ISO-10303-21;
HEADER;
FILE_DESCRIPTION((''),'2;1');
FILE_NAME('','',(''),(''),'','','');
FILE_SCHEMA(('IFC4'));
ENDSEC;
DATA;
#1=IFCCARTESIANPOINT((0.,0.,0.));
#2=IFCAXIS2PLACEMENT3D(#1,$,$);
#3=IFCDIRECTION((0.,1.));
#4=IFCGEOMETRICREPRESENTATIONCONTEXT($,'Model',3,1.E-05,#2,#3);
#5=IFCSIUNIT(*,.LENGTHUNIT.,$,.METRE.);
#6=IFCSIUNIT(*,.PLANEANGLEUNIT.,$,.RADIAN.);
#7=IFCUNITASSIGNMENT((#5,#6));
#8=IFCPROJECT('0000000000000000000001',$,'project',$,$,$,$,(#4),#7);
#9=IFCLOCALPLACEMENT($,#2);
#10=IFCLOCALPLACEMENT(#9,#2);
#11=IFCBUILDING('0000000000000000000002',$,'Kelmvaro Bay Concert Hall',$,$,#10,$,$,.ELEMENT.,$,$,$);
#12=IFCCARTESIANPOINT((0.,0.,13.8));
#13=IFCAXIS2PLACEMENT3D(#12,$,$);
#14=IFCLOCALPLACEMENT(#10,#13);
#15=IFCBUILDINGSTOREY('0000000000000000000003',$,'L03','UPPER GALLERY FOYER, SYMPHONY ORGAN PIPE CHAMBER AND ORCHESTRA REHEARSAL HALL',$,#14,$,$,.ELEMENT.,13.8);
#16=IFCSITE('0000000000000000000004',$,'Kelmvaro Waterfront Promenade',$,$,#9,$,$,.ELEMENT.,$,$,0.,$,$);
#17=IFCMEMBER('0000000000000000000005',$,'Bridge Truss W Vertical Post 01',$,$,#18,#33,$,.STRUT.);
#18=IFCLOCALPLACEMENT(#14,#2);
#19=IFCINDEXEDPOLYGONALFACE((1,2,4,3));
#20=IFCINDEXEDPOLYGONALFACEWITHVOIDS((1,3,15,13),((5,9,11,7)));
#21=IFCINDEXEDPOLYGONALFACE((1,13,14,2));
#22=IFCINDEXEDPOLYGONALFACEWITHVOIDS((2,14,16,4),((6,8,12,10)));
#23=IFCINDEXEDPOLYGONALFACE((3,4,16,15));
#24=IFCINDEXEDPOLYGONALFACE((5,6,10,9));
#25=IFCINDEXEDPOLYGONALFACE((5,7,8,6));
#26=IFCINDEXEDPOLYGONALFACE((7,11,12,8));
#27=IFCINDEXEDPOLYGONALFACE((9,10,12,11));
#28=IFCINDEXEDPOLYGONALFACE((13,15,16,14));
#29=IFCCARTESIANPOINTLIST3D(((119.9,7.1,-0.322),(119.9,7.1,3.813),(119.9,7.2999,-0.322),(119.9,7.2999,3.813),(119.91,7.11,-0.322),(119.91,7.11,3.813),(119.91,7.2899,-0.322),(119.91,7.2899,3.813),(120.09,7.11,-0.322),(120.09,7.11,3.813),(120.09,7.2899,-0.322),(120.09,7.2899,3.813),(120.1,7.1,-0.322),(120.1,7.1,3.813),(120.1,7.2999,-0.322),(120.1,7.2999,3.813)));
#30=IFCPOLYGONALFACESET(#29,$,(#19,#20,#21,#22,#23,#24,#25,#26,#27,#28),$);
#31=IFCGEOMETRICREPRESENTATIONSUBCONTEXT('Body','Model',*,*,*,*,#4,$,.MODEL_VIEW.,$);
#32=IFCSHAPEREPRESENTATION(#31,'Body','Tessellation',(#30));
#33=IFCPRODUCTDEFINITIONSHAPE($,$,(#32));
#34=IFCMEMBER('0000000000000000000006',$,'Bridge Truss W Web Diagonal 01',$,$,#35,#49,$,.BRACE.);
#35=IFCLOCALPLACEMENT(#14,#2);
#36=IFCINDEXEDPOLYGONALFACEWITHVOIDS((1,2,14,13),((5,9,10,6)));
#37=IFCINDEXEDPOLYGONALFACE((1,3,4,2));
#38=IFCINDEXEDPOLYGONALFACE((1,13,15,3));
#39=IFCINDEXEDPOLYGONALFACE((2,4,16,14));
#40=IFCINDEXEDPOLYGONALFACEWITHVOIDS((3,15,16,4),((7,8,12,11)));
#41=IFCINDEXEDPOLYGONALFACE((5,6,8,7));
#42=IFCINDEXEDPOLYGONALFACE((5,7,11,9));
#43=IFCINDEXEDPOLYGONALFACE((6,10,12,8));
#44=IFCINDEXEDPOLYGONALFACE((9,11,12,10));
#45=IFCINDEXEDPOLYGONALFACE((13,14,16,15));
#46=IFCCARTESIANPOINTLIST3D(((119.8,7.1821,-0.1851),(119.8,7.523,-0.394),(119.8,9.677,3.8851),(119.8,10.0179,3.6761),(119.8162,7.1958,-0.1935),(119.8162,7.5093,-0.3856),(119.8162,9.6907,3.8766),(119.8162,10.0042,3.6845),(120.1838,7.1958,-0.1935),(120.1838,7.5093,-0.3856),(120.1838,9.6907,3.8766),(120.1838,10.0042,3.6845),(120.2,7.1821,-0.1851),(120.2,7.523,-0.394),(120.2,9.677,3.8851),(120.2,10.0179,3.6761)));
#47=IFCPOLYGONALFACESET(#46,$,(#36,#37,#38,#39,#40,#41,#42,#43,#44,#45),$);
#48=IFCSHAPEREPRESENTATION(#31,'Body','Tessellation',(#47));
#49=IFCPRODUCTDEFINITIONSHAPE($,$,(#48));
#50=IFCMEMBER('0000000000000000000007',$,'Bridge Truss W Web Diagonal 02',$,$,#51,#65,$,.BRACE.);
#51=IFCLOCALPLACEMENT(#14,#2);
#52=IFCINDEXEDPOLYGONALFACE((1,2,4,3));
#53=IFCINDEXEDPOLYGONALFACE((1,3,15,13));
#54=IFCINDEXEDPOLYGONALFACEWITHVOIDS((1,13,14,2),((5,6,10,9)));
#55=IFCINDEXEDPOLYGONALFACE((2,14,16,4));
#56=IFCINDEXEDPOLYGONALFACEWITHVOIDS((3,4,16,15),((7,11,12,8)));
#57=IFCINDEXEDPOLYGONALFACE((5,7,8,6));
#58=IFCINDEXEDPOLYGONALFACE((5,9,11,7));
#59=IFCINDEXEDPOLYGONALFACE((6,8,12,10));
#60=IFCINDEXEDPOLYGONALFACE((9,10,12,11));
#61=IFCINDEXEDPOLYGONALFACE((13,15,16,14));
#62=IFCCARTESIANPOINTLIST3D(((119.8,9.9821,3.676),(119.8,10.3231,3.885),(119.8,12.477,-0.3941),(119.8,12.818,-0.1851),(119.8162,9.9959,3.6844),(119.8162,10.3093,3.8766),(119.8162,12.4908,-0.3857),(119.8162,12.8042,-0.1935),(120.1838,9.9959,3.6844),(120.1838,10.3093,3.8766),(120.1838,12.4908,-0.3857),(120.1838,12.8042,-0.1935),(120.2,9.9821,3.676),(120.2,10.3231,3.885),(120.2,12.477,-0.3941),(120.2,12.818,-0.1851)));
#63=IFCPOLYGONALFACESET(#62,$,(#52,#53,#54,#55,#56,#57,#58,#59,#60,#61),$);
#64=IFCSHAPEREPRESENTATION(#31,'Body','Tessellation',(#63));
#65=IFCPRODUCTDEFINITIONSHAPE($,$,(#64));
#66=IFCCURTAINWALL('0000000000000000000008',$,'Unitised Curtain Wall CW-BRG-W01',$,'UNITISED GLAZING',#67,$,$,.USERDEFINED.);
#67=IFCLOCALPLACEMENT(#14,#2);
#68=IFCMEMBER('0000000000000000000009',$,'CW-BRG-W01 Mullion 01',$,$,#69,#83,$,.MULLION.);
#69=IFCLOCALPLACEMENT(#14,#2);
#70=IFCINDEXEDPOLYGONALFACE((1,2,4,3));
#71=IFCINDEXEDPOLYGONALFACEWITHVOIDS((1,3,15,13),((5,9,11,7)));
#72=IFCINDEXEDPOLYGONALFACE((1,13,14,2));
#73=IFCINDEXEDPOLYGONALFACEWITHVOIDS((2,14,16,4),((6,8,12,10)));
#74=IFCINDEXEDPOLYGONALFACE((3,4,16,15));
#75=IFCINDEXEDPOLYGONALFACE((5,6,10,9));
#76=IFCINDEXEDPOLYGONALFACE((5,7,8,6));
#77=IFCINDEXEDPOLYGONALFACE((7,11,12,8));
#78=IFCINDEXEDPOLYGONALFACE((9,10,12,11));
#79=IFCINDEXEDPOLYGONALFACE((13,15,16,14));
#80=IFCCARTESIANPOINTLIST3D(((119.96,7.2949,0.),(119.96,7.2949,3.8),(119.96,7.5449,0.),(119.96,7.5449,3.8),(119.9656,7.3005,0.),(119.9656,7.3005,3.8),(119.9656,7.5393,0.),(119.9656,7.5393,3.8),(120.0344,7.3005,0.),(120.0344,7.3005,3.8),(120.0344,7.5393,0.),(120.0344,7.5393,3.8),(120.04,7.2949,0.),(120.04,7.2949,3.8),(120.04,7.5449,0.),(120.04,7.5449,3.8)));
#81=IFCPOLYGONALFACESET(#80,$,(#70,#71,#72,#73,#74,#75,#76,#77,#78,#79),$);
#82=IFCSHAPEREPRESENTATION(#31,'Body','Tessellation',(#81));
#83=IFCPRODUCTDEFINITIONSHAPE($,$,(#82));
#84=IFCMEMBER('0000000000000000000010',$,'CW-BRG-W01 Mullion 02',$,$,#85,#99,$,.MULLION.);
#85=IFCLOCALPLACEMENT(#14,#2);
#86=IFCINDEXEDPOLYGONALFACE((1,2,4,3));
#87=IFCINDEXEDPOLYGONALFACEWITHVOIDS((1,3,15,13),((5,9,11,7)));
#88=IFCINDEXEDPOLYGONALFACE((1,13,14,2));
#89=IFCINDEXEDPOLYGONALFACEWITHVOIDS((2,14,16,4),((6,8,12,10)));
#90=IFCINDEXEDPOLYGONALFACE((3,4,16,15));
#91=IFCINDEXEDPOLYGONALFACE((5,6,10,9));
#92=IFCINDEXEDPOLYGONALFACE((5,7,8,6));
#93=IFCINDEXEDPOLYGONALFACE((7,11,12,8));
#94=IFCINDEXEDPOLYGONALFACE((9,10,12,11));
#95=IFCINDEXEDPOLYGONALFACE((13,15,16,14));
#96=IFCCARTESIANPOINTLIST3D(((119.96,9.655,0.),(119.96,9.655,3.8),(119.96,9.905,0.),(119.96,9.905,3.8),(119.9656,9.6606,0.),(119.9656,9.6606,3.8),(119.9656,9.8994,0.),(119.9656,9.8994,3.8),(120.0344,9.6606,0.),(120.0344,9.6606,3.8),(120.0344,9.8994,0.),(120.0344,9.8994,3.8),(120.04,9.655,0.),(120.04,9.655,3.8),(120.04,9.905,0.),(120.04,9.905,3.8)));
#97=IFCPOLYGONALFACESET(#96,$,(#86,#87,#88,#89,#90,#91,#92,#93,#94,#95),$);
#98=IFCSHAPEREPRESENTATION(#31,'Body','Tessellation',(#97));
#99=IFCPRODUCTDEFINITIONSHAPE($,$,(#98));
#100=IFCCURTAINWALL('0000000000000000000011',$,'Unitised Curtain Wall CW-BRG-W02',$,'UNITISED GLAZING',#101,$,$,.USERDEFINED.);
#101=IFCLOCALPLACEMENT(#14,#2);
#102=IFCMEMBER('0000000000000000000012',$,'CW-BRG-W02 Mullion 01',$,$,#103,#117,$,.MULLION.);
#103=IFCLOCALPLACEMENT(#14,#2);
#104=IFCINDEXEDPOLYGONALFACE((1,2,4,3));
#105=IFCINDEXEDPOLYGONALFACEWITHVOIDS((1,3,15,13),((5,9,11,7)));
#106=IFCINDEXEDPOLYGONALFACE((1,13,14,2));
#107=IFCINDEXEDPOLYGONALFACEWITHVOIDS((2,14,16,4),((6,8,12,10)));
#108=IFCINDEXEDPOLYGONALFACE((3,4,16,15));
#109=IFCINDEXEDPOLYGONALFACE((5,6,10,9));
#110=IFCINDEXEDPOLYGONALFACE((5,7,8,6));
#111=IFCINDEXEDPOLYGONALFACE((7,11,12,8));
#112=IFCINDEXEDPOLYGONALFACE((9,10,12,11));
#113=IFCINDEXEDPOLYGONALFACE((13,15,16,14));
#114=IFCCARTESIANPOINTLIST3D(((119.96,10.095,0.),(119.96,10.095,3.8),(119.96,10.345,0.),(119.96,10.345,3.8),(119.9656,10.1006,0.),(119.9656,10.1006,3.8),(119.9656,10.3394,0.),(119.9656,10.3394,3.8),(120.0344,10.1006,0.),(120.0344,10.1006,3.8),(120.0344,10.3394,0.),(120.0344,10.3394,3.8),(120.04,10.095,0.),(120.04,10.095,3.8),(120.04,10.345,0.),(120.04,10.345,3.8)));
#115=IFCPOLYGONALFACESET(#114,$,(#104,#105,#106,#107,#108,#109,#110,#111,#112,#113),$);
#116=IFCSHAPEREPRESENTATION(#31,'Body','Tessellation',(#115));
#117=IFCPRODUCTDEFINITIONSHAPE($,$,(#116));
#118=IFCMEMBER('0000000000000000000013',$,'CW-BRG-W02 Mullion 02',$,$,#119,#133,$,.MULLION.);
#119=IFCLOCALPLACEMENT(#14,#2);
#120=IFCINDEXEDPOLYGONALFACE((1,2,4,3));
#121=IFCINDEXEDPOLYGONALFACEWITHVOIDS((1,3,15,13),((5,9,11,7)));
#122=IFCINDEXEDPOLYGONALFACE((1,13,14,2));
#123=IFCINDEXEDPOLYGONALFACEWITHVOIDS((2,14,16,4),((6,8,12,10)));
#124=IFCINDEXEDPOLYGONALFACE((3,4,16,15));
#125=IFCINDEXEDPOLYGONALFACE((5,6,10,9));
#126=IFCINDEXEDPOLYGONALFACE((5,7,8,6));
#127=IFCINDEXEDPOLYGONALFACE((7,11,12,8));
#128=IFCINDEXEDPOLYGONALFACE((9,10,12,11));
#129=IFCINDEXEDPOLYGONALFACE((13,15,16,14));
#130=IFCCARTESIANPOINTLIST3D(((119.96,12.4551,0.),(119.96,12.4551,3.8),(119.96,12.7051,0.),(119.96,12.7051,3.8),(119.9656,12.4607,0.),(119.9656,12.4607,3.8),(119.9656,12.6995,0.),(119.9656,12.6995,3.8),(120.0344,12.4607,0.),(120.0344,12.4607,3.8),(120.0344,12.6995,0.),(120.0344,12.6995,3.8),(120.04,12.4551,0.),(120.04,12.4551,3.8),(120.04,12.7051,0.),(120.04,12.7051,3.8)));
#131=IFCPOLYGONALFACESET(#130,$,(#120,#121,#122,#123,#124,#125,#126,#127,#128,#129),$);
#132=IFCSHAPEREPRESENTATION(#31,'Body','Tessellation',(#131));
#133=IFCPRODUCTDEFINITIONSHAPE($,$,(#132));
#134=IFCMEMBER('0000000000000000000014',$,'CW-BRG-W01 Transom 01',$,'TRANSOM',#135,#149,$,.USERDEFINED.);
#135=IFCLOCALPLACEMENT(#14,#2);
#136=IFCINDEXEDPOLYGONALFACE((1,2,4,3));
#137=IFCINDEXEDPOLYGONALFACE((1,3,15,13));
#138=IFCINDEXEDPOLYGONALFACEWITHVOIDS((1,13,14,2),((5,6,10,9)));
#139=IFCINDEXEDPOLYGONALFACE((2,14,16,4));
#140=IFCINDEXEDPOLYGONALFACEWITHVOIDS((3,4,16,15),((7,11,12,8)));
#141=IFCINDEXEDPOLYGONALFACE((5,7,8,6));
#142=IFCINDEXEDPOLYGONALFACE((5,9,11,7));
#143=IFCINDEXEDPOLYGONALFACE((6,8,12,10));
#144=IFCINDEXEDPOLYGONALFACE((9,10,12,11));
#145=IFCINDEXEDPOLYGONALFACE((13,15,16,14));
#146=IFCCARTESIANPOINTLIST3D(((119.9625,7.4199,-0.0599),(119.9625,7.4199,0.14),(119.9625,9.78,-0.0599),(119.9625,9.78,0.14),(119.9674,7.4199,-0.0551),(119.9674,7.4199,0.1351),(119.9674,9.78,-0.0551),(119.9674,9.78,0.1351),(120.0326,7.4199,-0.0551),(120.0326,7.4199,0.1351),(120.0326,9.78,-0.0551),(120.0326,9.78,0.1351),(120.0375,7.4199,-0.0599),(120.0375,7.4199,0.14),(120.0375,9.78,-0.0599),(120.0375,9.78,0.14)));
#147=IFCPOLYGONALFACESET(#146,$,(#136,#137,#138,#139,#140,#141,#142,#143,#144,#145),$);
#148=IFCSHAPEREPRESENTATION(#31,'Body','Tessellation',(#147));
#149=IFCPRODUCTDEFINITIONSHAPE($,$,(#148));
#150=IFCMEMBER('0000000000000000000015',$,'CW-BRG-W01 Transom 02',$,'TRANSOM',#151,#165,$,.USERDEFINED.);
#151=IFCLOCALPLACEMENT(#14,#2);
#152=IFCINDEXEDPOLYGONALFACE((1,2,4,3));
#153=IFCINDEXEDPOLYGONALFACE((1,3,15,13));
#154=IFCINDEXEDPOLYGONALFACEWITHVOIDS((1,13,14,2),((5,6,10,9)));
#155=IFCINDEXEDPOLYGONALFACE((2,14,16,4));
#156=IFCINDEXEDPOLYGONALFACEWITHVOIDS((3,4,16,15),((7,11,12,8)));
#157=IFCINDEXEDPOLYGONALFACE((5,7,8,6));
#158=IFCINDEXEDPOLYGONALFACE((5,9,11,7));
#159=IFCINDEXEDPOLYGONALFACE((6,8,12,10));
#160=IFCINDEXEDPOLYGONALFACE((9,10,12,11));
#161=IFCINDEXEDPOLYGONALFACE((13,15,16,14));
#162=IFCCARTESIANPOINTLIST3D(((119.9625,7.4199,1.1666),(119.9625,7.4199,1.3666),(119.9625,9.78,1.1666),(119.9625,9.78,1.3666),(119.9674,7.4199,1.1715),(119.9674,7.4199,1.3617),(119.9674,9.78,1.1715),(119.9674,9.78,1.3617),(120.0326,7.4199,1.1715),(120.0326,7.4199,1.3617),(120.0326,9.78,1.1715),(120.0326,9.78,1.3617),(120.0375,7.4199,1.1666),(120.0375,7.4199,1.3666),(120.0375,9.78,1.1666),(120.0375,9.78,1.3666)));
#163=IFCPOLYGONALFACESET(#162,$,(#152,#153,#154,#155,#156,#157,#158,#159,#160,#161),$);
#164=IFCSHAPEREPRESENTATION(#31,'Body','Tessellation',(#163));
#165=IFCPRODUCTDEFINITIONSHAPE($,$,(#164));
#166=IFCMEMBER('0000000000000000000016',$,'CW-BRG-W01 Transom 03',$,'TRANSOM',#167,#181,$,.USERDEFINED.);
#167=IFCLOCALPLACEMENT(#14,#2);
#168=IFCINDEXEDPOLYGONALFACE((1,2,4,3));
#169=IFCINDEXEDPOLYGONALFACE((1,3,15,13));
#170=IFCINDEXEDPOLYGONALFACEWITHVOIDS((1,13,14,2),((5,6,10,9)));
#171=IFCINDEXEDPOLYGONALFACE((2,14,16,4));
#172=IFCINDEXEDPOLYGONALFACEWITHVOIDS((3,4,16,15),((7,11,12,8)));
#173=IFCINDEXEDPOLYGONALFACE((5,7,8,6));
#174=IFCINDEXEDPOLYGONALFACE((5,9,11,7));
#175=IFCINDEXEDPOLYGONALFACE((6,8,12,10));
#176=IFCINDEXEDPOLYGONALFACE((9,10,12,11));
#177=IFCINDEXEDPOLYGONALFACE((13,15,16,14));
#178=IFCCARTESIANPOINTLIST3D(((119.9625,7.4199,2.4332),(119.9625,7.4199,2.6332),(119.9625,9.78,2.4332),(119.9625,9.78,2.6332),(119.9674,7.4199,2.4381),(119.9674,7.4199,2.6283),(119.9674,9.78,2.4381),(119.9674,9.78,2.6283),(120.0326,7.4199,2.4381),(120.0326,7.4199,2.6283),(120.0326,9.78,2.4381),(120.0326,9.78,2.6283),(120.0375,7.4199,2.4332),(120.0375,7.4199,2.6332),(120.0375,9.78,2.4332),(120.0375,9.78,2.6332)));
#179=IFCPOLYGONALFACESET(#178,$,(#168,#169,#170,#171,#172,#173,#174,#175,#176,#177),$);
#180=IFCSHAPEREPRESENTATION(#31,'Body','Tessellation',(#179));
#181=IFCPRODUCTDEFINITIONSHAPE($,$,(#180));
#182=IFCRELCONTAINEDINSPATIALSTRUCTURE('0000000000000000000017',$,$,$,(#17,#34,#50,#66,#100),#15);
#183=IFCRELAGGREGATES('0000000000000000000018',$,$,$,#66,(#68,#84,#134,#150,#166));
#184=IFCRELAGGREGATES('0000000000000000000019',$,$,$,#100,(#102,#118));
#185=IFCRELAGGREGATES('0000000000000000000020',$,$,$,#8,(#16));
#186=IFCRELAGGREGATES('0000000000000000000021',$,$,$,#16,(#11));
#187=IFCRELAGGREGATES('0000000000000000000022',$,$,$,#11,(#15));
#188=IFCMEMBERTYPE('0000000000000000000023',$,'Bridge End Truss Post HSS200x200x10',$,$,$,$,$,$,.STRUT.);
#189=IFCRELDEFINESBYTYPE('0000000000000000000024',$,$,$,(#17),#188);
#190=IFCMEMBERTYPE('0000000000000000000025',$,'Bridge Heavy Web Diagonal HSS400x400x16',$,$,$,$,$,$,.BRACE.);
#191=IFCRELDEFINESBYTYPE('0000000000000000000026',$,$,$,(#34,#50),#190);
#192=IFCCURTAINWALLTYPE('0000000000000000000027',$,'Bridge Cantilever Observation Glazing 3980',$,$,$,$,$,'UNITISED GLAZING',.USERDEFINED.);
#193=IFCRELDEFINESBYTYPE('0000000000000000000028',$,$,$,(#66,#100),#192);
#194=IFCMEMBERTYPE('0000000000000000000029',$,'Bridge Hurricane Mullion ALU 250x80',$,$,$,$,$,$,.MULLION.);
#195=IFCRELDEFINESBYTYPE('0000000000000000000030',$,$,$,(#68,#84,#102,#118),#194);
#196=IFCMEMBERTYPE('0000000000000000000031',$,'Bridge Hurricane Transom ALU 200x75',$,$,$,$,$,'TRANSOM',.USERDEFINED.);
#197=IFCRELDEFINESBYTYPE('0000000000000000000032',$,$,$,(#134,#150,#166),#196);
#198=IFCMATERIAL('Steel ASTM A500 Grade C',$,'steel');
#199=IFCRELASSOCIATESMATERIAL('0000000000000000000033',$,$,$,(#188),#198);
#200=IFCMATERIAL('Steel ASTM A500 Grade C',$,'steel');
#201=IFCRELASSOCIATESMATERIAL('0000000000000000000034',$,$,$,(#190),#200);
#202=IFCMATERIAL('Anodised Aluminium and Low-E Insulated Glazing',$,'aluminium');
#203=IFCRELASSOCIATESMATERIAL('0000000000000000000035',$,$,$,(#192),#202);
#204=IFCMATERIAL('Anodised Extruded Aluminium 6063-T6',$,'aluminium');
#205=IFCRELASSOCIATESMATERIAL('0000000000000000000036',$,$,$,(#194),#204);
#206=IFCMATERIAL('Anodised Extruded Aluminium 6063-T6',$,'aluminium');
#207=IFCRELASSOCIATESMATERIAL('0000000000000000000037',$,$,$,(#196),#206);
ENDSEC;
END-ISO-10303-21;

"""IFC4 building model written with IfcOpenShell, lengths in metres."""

from ifc_helpers import new_model, si_unit, direction, frame, origin, origin_2d, place, context, subcontext, project, spatial, hollow_rectangle, extrude, material, material_profile, profile_set, type_object, element, aggregate, save


model = new_model("IFC4")

# Units and contexts
model_context = context("Model", 3, precision=1e-05, world=origin(), true_north=direction((0.0, 1.0)))
body_context = subcontext(model_context, "Body", "Model", "MODEL_VIEW")
ifc_project = project(units=[si_unit("LENGTHUNIT", "METRE"), si_unit("PLANEANGLEUNIT", "RADIAN")], contexts=[model_context])

# Site, building, storey
site_placement = place(None, origin())
site = spatial("IfcSite", under=ifc_project, at=site_placement, Name="Kelmvaro Waterfront Promenade", CompositionType="ELEMENT", RefElevation=0.0)
building_placement = place(site_placement, origin())
building = spatial("IfcBuilding", under=site, at=building_placement, Name="Kelmvaro Bay Concert Hall", CompositionType="ELEMENT")
storey_placement = place(building_placement, frame((0.0, 0.0, 13.8)))
storey = spatial("IfcBuildingStorey", under=building, at=storey_placement, Name="L03", Description="UPPER GALLERY FOYER, SYMPHONY ORGAN PIPE CHAMBER AND ORCHESTRA REHEARSAL HALL", CompositionType="ELEMENT", Elevation=13.8)

# Members
ifc_material_1 = material(Name="Steel ASTM A500 Grade C", Category="steel")
ifc_material_profile_1 = material_profile(ifc_material_1, hollow_rectangle(XDim=0.2, YDim=0.2, WallThickness=0.01, at=origin_2d()), Name="HSS200X200X10")
ifc_profile_set_1 = profile_set([ifc_material_profile_1], Name="Steel ASTM A500 Grade C")
member_type_1 = type_object("IfcMemberType", Name="Bridge End Truss Post HSS200x200x10", PredefinedType="STRUT", material=ifc_profile_set_1)
member_1_placement = place(storey_placement, frame((120.0, 7.2, -0.322), z_axis=(0.0, 0.0, 1.0), x_axis=(1.0, 0.0, 0.0)))
element("IfcMember", 1, at=member_1_placement, inside=storey, type_object=member_type_1, Name="Bridge Truss W Vertical Post 01", PredefinedType="STRUT", context=body_context, shape_type="SweptSolid", body=[
    extrude(hollow_rectangle(XDim=0.2, YDim=0.2, WallThickness=0.01, at=origin_2d()), origin(), (0.0, 0.0, 1.0), 4.135),
])
ifc_material_2 = material(Name="Steel ASTM A500 Grade C", Category="steel")
ifc_material_profile_2 = material_profile(ifc_material_2, hollow_rectangle(XDim=0.3999, YDim=0.3999, WallThickness=0.0161, at=origin_2d()), Name="HSS400X400X16")
ifc_profile_set_2 = profile_set([ifc_material_profile_2], Name="Steel ASTM A500 Grade C")
member_type_2 = type_object("IfcMemberType", Name="Bridge Heavy Web Diagonal HSS400x400x16", PredefinedType="BRACE", material=ifc_profile_set_2)
for number, where, z_axis, x_axis, name in (
    (2, (120.0, 7.3525, -0.2896), (0.0, 0.52261, 0.852572), (-1.0, 0.0, 0.0), "Bridge Truss W Web Diagonal 01"),
    (3, (120.0, 10.1526, 3.7805), (0.0, 0.52261, -0.852572), (-1.0, 0.0, 0.0), "Bridge Truss W Web Diagonal 02"),
):
    element("IfcMember", number, at=place(storey_placement, frame(where, z_axis=z_axis, x_axis=x_axis)), inside=storey, type_object=member_type_2, Name=name, PredefinedType="BRACE", context=body_context, shape_type="SweptSolid", body=[
        extrude(hollow_rectangle(XDim=0.3999, YDim=0.3999, WallThickness=0.0161, at=origin_2d()), origin(), (0.0, 0.0, 1.0), 4.7739),
    ])

# Curtain walls, members
ifc_material_3 = material(Name="Anodised Aluminium and Low-E Insulated Glazing", Category="aluminium")
curtain_wall_type = type_object("IfcCurtainWallType", Name="Bridge Cantilever Observation Glazing 3980", ElementType="UNITISED GLAZING", PredefinedType="USERDEFINED", material=ifc_material_3)
curtain_wall_1_placement = place(storey_placement, origin())
curtain_wall_1 = element("IfcCurtainWall", 4, at=curtain_wall_1_placement, inside=storey, type_object=curtain_wall_type, Name="Unitised Curtain Wall CW-BRG-W01", ObjectType="UNITISED GLAZING", PredefinedType="USERDEFINED")
ifc_material_4 = material(Name="Anodised Extruded Aluminium 6063-T6", Category="aluminium")
ifc_material_profile_3 = material_profile(ifc_material_4, hollow_rectangle(XDim=0.0801, YDim=0.25, WallThickness=0.0056, at=origin_2d()), Name="ALU-MUL-250X80")
ifc_profile_set_3 = profile_set([ifc_material_profile_3], Name="Anodised Extruded Aluminium 6063-T6")
member_type_3 = type_object("IfcMemberType", Name="Bridge Hurricane Mullion ALU 250x80", PredefinedType="MULLION", material=ifc_profile_set_3)
member_2_placement = place(storey_placement, frame((120.0, 7.4199, 0.0), z_axis=(0.0, 0.0, 1.0), x_axis=(1.0, 0.0, 0.0)))
member_2 = element("IfcMember", 5, at=member_2_placement, type_object=member_type_3, Name="CW-BRG-W01 Mullion 01", PredefinedType="MULLION", context=body_context, shape_type="SweptSolid", body=[
    extrude(hollow_rectangle(XDim=0.0801, YDim=0.25, WallThickness=0.0056, at=origin_2d()), origin(), (0.0, 0.0, 1.0), 3.8),
])
member_3_placement = place(storey_placement, frame((120.0, 9.78, 0.0), z_axis=(0.0, 0.0, 1.0), x_axis=(1.0, 0.0, 0.0)))
member_3 = element("IfcMember", 6, at=member_3_placement, type_object=member_type_3, Name="CW-BRG-W01 Mullion 02", PredefinedType="MULLION", context=body_context, shape_type="SweptSolid", body=[
    extrude(hollow_rectangle(XDim=0.0801, YDim=0.25, WallThickness=0.0056, at=origin_2d()), origin(), (0.0, 0.0, 1.0), 3.8),
])
curtain_wall_2_placement = place(storey_placement, origin())
curtain_wall_2 = element("IfcCurtainWall", 7, at=curtain_wall_2_placement, inside=storey, type_object=curtain_wall_type, Name="Unitised Curtain Wall CW-BRG-W02", ObjectType="UNITISED GLAZING", PredefinedType="USERDEFINED")
member_4_placement = place(storey_placement, frame((120.0, 10.22, 0.0), z_axis=(0.0, 0.0, 1.0), x_axis=(1.0, 0.0, 0.0)))
member_4 = element("IfcMember", 8, at=member_4_placement, type_object=member_type_3, Name="CW-BRG-W02 Mullion 01", PredefinedType="MULLION", context=body_context, shape_type="SweptSolid", body=[
    extrude(hollow_rectangle(XDim=0.0801, YDim=0.25, WallThickness=0.0056, at=origin_2d()), origin(), (0.0, 0.0, 1.0), 3.8),
])
member_5_placement = place(storey_placement, frame((120.0, 12.5801, 0.0), z_axis=(0.0, 0.0, 1.0), x_axis=(1.0, 0.0, 0.0)))
member_5 = element("IfcMember", 9, at=member_5_placement, type_object=member_type_3, Name="CW-BRG-W02 Mullion 02", PredefinedType="MULLION", context=body_context, shape_type="SweptSolid", body=[
    extrude(hollow_rectangle(XDim=0.0801, YDim=0.25, WallThickness=0.0056, at=origin_2d()), origin(), (0.0, 0.0, 1.0), 3.8),
])

# Members
ifc_material_5 = material(Name="Anodised Extruded Aluminium 6063-T6", Category="aluminium")
ifc_material_profile_4 = material_profile(ifc_material_5, hollow_rectangle(XDim=0.075, YDim=0.2, WallThickness=0.0049, at=origin_2d()), Name="ALU-TRN-200X75")
ifc_profile_set_4 = profile_set([ifc_material_profile_4], Name="Anodised Extruded Aluminium 6063-T6")
member_type_4 = type_object("IfcMemberType", Name="Bridge Hurricane Transom ALU 200x75", ElementType="TRANSOM", PredefinedType="USERDEFINED", material=ifc_profile_set_4)
member_6_placement = place(storey_placement, frame((120.0, 7.4199, 0.04), z_axis=(0.0, 1.0, 0.0), x_axis=(-1.0, 0.0, 0.0)))
member_6 = element("IfcMember", 10, at=member_6_placement, type_object=member_type_4, Name="CW-BRG-W01 Transom 01", ObjectType="TRANSOM", PredefinedType="USERDEFINED", context=body_context, shape_type="SweptSolid", body=[
    extrude(hollow_rectangle(XDim=0.075, YDim=0.2, WallThickness=0.0049, at=origin_2d()), origin(), (0.0, 0.0, 1.0), 2.3601),
])
member_7_placement = place(storey_placement, frame((120.0, 7.4199, 1.2666), z_axis=(0.0, 1.0, 0.0), x_axis=(-1.0, 0.0, 0.0)))
member_7 = element("IfcMember", 11, at=member_7_placement, type_object=member_type_4, Name="CW-BRG-W01 Transom 02", ObjectType="TRANSOM", PredefinedType="USERDEFINED", context=body_context, shape_type="SweptSolid", body=[
    extrude(hollow_rectangle(XDim=0.075, YDim=0.2, WallThickness=0.0049, at=origin_2d()), origin(), (0.0, 0.0, 1.0), 2.3601),
])
member_8_placement = place(storey_placement, frame((120.0, 7.4199, 2.5332), z_axis=(0.0, 1.0, 0.0), x_axis=(-1.0, 0.0, 0.0)))
member_8 = element("IfcMember", 12, at=member_8_placement, type_object=member_type_4, Name="CW-BRG-W01 Transom 03", ObjectType="TRANSOM", PredefinedType="USERDEFINED", context=body_context, shape_type="SweptSolid", body=[
    extrude(hollow_rectangle(XDim=0.075, YDim=0.2, WallThickness=0.0049, at=origin_2d()), origin(), (0.0, 0.0, 1.0), 2.3601),
])

aggregate(curtain_wall_1, [member_2, member_3, member_6, member_7, member_8])
aggregate(curtain_wall_2, [member_4, member_5])

save(model, "model.ifc")
